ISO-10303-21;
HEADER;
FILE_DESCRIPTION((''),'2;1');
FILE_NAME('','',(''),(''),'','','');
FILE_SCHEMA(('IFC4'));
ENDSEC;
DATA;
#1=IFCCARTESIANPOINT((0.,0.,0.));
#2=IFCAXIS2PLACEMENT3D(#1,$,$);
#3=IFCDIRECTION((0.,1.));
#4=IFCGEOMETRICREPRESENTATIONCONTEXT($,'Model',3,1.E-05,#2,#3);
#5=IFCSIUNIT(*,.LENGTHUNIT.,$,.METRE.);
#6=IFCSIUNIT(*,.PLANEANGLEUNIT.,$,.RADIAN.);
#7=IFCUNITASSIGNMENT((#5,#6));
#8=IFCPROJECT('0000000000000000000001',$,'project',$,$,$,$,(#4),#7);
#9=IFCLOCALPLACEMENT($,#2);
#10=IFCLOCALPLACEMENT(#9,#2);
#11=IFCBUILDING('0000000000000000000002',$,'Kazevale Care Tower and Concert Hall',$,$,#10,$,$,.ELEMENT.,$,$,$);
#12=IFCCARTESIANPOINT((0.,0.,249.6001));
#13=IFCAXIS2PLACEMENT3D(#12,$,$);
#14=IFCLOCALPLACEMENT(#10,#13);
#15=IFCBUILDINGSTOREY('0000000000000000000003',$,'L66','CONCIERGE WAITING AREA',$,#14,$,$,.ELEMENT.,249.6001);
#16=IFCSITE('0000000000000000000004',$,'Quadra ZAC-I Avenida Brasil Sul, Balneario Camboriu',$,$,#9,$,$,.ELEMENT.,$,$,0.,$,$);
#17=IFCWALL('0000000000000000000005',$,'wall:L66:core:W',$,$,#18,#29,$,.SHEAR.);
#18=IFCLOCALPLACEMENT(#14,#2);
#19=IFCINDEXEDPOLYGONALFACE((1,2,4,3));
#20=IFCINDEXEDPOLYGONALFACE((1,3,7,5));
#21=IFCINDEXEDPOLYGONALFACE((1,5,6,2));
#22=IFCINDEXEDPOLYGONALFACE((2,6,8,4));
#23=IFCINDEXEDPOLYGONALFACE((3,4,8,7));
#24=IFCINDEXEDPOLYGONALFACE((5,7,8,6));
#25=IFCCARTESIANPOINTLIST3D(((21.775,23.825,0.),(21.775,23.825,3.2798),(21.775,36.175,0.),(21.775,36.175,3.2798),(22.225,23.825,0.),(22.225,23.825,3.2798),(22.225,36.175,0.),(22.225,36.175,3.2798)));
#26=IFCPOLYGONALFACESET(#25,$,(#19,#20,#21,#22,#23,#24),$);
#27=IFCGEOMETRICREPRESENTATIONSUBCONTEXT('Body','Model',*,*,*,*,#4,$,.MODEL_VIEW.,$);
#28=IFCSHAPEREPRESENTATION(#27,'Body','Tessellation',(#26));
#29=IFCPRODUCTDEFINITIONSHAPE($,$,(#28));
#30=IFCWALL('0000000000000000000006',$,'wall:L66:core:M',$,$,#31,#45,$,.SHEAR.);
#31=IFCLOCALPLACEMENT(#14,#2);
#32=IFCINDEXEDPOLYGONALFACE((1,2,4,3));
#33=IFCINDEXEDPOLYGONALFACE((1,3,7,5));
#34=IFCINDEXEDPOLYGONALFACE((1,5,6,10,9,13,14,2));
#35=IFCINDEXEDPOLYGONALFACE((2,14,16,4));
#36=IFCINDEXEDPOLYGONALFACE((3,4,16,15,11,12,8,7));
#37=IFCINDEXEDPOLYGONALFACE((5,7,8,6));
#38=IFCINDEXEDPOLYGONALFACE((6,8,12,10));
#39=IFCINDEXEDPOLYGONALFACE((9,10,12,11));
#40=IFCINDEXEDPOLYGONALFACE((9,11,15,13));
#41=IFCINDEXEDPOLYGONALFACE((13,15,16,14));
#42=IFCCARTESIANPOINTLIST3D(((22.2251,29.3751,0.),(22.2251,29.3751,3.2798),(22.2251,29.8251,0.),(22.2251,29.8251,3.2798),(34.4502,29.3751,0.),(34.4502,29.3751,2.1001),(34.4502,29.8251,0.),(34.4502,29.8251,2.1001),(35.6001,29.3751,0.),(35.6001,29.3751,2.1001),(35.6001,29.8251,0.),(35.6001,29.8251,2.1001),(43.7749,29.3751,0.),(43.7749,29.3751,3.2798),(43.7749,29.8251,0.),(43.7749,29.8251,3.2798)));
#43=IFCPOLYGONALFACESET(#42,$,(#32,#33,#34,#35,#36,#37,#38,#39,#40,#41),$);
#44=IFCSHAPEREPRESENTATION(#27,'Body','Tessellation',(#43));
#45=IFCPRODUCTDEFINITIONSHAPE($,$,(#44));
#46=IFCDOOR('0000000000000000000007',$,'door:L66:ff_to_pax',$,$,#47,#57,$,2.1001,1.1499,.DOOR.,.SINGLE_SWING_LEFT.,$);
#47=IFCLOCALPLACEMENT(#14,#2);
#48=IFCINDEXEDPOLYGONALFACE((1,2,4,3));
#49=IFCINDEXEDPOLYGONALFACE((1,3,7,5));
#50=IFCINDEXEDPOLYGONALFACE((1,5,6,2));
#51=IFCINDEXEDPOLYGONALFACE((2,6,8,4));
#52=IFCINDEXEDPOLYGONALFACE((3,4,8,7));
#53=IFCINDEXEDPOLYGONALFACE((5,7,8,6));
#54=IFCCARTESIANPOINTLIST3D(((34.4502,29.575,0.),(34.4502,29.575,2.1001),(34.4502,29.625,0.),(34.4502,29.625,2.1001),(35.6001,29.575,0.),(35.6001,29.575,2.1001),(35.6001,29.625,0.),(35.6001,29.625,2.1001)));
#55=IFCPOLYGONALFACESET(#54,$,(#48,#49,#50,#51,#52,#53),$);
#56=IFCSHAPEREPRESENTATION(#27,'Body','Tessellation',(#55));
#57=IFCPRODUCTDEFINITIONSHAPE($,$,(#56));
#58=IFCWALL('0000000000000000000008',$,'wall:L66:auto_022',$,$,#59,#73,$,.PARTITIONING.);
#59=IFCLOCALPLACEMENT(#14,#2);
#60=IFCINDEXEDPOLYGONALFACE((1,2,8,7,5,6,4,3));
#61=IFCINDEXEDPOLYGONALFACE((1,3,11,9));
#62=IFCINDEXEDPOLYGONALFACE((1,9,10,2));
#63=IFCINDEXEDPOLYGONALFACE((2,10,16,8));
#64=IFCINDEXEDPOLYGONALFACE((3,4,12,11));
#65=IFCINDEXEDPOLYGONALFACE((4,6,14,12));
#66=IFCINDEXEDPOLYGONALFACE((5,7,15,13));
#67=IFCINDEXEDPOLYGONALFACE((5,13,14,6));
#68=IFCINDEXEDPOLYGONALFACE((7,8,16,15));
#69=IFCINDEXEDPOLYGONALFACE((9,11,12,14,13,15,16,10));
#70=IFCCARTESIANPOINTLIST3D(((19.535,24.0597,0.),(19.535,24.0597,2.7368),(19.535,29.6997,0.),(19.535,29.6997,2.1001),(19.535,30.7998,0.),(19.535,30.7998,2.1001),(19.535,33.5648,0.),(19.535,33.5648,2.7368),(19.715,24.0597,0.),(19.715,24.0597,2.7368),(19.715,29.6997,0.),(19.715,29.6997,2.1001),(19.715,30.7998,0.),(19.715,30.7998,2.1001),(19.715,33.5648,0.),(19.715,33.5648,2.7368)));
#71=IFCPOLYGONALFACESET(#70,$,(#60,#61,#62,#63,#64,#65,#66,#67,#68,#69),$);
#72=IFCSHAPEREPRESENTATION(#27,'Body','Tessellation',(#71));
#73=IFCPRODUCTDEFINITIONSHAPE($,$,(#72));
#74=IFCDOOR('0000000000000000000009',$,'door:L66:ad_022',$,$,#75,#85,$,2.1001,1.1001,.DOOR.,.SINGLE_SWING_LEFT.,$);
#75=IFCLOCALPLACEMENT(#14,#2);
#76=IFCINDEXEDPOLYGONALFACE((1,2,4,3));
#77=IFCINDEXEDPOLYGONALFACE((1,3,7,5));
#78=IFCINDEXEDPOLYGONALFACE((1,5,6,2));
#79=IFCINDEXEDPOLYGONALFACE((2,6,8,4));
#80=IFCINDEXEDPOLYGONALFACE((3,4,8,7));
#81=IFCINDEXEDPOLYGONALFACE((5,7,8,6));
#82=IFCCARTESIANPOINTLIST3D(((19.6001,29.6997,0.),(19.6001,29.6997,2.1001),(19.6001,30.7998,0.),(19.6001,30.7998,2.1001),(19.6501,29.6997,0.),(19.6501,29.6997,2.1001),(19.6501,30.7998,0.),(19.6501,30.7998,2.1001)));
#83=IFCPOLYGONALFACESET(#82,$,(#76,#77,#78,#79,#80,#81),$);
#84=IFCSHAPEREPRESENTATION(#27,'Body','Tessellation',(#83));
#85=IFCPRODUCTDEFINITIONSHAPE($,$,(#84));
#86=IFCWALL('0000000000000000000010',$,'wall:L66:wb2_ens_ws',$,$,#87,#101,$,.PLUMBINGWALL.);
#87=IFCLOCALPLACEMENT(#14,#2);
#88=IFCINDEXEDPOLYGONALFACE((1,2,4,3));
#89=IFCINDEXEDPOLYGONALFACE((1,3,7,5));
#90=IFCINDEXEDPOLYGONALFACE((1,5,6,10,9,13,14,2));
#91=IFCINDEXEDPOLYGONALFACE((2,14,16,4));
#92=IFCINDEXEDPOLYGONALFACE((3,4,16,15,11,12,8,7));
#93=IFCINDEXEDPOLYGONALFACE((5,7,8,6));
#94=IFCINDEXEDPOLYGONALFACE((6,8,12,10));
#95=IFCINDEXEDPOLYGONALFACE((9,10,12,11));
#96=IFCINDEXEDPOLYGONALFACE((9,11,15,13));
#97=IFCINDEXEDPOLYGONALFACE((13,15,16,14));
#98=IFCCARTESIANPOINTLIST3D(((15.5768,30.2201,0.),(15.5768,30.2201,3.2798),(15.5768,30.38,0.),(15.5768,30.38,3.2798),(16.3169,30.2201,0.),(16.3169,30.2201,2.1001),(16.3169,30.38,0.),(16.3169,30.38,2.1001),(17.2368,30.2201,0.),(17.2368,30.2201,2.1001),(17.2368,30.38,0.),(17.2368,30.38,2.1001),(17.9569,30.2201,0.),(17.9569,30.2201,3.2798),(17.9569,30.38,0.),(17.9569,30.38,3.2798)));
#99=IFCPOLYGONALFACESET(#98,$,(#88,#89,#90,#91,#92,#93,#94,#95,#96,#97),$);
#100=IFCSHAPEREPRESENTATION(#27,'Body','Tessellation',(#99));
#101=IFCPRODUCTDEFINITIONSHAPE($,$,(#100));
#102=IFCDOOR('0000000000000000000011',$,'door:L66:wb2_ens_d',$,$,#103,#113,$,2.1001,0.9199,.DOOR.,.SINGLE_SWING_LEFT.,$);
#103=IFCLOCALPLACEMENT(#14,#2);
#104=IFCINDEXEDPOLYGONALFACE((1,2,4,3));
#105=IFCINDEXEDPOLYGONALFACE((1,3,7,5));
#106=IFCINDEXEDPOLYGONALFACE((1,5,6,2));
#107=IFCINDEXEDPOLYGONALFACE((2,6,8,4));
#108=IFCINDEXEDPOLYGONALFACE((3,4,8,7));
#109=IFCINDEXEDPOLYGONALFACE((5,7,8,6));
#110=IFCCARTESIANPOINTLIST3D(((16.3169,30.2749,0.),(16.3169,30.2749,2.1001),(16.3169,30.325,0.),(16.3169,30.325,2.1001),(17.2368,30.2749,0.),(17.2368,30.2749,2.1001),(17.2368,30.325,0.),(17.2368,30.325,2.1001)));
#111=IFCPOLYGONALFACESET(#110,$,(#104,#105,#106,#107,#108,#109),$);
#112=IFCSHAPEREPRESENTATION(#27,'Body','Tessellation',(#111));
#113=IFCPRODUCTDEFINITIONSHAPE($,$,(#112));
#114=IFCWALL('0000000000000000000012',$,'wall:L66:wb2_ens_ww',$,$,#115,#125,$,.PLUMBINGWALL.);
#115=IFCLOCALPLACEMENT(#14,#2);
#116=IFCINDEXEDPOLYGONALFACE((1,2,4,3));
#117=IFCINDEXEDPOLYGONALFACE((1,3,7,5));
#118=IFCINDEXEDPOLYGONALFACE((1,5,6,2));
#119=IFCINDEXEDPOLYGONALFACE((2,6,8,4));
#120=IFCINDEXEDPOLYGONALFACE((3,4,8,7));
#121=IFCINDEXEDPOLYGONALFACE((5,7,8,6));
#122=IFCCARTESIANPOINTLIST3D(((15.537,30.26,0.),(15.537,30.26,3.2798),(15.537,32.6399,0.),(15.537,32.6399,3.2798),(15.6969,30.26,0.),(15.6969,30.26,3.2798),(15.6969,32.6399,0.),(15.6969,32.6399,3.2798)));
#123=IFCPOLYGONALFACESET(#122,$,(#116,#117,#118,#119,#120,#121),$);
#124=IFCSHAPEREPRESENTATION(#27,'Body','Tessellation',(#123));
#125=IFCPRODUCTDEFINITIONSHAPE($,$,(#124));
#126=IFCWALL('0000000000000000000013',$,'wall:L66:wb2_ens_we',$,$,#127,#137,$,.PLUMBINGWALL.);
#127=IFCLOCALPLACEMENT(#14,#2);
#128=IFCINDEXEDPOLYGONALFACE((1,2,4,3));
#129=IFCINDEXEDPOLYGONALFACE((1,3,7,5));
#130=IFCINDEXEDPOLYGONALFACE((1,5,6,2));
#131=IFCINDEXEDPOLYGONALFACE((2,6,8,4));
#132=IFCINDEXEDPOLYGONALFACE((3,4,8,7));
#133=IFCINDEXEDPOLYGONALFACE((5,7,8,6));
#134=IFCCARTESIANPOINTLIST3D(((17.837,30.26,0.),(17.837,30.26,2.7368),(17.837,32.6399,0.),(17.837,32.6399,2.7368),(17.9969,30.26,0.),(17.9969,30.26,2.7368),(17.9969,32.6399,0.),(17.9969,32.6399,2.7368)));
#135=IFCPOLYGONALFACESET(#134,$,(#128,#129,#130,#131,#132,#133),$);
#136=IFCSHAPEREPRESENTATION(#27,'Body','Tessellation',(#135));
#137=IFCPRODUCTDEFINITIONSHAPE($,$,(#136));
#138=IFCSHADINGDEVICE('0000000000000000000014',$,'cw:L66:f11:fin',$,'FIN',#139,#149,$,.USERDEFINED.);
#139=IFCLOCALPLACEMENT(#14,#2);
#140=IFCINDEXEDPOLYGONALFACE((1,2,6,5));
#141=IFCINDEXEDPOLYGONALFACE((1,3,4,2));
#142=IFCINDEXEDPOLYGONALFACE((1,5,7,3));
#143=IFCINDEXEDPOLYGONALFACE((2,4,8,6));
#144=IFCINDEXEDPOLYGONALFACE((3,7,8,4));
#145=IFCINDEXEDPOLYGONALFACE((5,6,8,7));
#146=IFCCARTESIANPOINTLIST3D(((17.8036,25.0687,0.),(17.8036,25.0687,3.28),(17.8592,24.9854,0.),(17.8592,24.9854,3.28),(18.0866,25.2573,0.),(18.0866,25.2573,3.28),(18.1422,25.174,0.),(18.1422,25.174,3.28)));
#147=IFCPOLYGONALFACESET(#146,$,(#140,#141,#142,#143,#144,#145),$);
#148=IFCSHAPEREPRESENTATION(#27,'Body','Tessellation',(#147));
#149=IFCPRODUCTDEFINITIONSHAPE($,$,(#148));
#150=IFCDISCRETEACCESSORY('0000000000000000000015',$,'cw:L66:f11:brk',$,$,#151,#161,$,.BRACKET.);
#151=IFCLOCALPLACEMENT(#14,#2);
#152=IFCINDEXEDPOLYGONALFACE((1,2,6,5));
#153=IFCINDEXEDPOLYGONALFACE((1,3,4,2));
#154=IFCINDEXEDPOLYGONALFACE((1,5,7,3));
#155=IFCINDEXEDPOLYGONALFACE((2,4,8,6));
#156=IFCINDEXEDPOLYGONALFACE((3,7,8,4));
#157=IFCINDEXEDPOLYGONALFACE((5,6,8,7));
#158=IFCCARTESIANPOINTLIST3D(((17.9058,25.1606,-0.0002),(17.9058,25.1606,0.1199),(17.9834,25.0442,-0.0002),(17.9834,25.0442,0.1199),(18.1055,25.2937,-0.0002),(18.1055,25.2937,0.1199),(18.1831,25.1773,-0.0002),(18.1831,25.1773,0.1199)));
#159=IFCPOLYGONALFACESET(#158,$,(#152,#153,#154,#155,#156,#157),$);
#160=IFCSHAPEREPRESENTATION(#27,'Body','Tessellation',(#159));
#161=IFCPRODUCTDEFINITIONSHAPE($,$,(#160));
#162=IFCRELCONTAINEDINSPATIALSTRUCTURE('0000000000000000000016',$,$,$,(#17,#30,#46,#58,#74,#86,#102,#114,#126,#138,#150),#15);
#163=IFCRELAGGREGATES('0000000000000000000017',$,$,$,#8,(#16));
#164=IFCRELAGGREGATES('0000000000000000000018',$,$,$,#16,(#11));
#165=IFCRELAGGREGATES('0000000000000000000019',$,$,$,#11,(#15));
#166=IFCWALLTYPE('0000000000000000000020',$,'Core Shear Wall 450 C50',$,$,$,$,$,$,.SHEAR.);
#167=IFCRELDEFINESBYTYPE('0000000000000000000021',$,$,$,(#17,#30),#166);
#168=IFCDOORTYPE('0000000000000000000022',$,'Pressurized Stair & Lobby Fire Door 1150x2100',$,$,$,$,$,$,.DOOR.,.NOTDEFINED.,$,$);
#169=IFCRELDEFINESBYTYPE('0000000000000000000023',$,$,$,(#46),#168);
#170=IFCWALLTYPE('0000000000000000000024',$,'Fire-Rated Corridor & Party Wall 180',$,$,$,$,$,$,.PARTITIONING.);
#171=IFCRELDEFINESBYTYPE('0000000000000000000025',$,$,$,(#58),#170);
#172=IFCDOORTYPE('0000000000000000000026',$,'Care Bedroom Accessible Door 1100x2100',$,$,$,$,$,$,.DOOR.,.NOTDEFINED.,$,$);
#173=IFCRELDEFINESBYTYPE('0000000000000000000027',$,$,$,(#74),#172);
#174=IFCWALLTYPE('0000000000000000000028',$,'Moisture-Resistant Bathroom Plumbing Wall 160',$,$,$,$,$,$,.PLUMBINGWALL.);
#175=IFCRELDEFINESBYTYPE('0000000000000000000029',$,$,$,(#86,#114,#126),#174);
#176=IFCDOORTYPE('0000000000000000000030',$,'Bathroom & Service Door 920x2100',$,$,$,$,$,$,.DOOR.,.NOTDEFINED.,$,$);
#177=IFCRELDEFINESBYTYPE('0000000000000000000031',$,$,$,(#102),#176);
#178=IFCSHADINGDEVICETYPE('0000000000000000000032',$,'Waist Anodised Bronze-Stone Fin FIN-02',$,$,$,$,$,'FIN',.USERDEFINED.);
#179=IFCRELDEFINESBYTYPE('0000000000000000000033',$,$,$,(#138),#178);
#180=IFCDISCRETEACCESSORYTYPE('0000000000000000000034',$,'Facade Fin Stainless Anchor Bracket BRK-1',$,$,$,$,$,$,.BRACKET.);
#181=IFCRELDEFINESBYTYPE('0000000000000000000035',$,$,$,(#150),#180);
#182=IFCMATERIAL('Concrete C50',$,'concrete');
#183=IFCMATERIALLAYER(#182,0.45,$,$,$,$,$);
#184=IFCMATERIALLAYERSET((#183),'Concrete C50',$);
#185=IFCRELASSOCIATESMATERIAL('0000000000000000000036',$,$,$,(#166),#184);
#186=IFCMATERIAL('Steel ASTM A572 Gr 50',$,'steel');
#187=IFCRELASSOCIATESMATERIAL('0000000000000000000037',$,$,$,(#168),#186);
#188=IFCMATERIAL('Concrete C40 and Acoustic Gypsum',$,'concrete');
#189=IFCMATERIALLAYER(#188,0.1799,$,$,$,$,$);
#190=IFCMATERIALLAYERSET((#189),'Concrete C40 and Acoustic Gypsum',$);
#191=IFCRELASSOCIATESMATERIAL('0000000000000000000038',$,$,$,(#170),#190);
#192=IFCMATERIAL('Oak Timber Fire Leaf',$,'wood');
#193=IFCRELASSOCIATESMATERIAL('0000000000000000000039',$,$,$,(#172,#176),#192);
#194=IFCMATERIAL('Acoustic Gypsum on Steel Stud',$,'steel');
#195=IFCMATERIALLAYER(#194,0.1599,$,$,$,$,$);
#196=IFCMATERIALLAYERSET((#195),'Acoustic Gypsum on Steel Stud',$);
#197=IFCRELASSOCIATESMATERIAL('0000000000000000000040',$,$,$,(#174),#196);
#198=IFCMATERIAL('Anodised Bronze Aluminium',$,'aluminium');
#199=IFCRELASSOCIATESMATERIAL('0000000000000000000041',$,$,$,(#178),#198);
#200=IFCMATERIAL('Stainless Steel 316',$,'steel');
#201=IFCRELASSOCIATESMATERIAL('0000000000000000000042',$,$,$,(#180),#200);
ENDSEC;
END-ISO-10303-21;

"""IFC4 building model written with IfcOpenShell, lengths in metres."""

from ifc_helpers import new_model, si_unit, direction, frame, frame_2d, origin, origin_2d, place, context, subcontext, project, spatial, rectangle, extrude, material, layer, layer_set, type_object, element, fill, save


model = new_model("IFC4")

# Units and contexts
model_context = context("Model", 3, precision=1e-05, world=origin(), true_north=direction((0.0, 1.0)))
body_context = subcontext(model_context, "Body", "Model", "MODEL_VIEW")
ifc_project = project(units=[si_unit("LENGTHUNIT", "METRE"), si_unit("PLANEANGLEUNIT", "RADIAN")], contexts=[model_context])

# Site, building, storey
site_placement = place(None, origin())
site = spatial("IfcSite", under=ifc_project, at=site_placement, Name="Quadra ZAC-I Avenida Brasil Sul, Balneario Camboriu", CompositionType="ELEMENT", RefElevation=0.0)
building_placement = place(site_placement, origin())
building = spatial("IfcBuilding", under=site, at=building_placement, Name="Kazevale Care Tower and Concert Hall", CompositionType="ELEMENT")
storey_placement = place(building_placement, frame((0.0, 0.0, 249.6001)))
storey = spatial("IfcBuildingStorey", under=building, at=storey_placement, Name="L66", Description="CONCIERGE WAITING AREA", CompositionType="ELEMENT", Elevation=249.6001)

# Shared definitions
ifc_material_1 = material(Name="Steel ASTM A572 Gr 50", Category="steel")

# Wall
ifc_material_2 = material(Name="Concrete C50", Category="concrete")
ifc_layer_1 = layer(ifc_material_2, 0.45)
ifc_layer_set_1 = layer_set([ifc_layer_1], Name="Concrete C50")
wall_type_1 = type_object("IfcWallType", Name="Core Shear Wall 450 C50", PredefinedType="SHEAR", material=ifc_layer_set_1)
wall_1_placement = place(storey_placement, frame((22.0, 23.825, 0.0), z_axis=(0.0, 0.0, 1.0), x_axis=(0.0, 1.0, 0.0)))
element("IfcWall", 1, at=wall_1_placement, inside=storey, type_object=wall_type_1, Name="wall:L66:core:W", PredefinedType="SHEAR", context=body_context, shape_type="SweptSolid", body=[
    extrude(rectangle(XDim=12.3501, YDim=0.45, at=frame_2d((6.175, 0.0))), origin(), (0.0, 0.0, 1.0), 3.2798),
])

# Walls, openings, doors
wall_2_placement = place(storey_placement, frame((22.2251, 29.6001, 0.0), z_axis=(0.0, 0.0, 1.0), x_axis=(1.0, 0.0, 0.0)))
wall_2 = element("IfcWall", 2, at=wall_2_placement, inside=storey, type_object=wall_type_1, Name="wall:L66:core:M", PredefinedType="SHEAR", context=body_context, shape_type="SweptSolid", body=[
    extrude(rectangle(XDim=21.5498, YDim=0.45, at=frame_2d((10.7749, 0.0))), origin(), (0.0, 0.0, 1.0), 3.2798),
])
opening_1_placement = place(wall_2_placement, frame((12.2251, 0.0, 0.0)))
opening_1 = element("IfcOpeningElement", 3, at=opening_1_placement, cuts=wall_2, PredefinedType="OPENING", context=body_context, shape_type="SweptSolid", body=[
    extrude(rectangle(XDim=1.1499, YDim=2.1001, at=frame_2d((0.575, 1.05))), frame((0.0, 0.2349, 0.0), z_axis=(0.0, -1.0, 0.0), x_axis=(1.0, 0.0, 0.0)), (0.0, 0.0, 1.0), 0.47),
])
door_type_1 = type_object("IfcDoorType", Name="Pressurized Stair & Lobby Fire Door 1150x2100", OperationType="NOTDEFINED", PredefinedType="DOOR", material=ifc_material_1)
door_1_placement = place(opening_1_placement, origin())
door_1 = element("IfcDoor", 4, at=door_1_placement, inside=storey, type_object=door_type_1, Name="door:L66:ff_to_pax", OperationType="SINGLE_SWING_LEFT", OverallHeight=2.1001, OverallWidth=1.1499, PredefinedType="DOOR", context=body_context, shape_type="SweptSolid", body=[
    extrude(rectangle(XDim=1.1499, YDim=2.1001, at=frame_2d((0.575, 1.05))), frame((0.0, 0.0249, 0.0), z_axis=(0.0, -1.0, 0.0), x_axis=(1.0, 0.0, 0.0)), (0.0, 0.0, 1.0), 0.05),
])
fill(opening_1, door_1)
ifc_material_3 = material(Name="Concrete C40 and Acoustic Gypsum", Category="concrete")
ifc_layer_2 = layer(ifc_material_3, 0.1799)
ifc_layer_set_2 = layer_set([ifc_layer_2], Name="Concrete C40 and Acoustic Gypsum")
wall_type_2 = type_object("IfcWallType", Name="Fire-Rated Corridor & Party Wall 180", PredefinedType="PARTITIONING", material=ifc_layer_set_2)
wall_3_placement = place(storey_placement, frame((19.625, 24.0598, 0.0), z_axis=(0.0, 0.0, 1.0), x_axis=(0.0, 1.0, 0.0)))
wall_3 = element("IfcWall", 5, at=wall_3_placement, inside=storey, type_object=wall_type_2, Name="wall:L66:auto_022", PredefinedType="PARTITIONING", context=body_context, shape_type="SweptSolid", body=[
    extrude(rectangle(XDim=9.5051, YDim=0.1799, at=frame_2d((4.7524, 0.0))), origin(), (0.0, 0.0, 1.0), 2.7368),
])
opening_2_placement = place(wall_3_placement, frame((5.6399, 0.0, 0.0)))
opening_2 = element("IfcOpeningElement", 6, at=opening_2_placement, cuts=wall_3, PredefinedType="OPENING", context=body_context, shape_type="SweptSolid", body=[
    extrude(rectangle(XDim=1.1001, YDim=2.1001, at=frame_2d((0.55, 1.05))), frame((0.0, 0.0999, 0.0), z_axis=(0.0, -1.0, 0.0), x_axis=(1.0, 0.0, 0.0)), (0.0, 0.0, 1.0), 0.2),
])
ifc_material_4 = material(Name="Oak Timber Fire Leaf", Category="wood")
door_type_2 = type_object("IfcDoorType", Name="Care Bedroom Accessible Door 1100x2100", OperationType="NOTDEFINED", PredefinedType="DOOR", material=ifc_material_4)
door_2_placement = place(opening_2_placement, origin())
door_2 = element("IfcDoor", 7, at=door_2_placement, inside=storey, type_object=door_type_2, Name="door:L66:ad_022", OperationType="SINGLE_SWING_LEFT", OverallHeight=2.1001, OverallWidth=1.1001, PredefinedType="DOOR", context=body_context, shape_type="SweptSolid", body=[
    extrude(rectangle(XDim=1.1001, YDim=2.1001, at=frame_2d((0.55, 1.05))), frame((0.0, 0.0249, 0.0), z_axis=(0.0, -1.0, 0.0), x_axis=(1.0, 0.0, 0.0)), (0.0, 0.0, 1.0), 0.05),
])
fill(opening_2, door_2)
ifc_material_5 = material(Name="Acoustic Gypsum on Steel Stud", Category="steel")
ifc_layer_3 = layer(ifc_material_5, 0.1599)
ifc_layer_set_3 = layer_set([ifc_layer_3], Name="Acoustic Gypsum on Steel Stud")
wall_type_3 = type_object("IfcWallType", Name="Moisture-Resistant Bathroom Plumbing Wall 160", PredefinedType="PLUMBINGWALL", material=ifc_layer_set_3)
wall_4_placement = place(storey_placement, frame((15.5769, 30.3, 0.0), z_axis=(0.0, 0.0, 1.0), x_axis=(1.0, 0.0, 0.0)))
wall_4 = element("IfcWall", 8, at=wall_4_placement, inside=storey, type_object=wall_type_3, Name="wall:L66:wb2_ens_ws", PredefinedType="PLUMBINGWALL", context=body_context, shape_type="SweptSolid", body=[
    extrude(rectangle(XDim=2.3801, YDim=0.1599, at=frame_2d((1.1899, 0.0))), origin(), (0.0, 0.0, 1.0), 3.2798),
])
opening_3_placement = place(wall_4_placement, frame((0.74, 0.0, 0.0)))
opening_3 = element("IfcOpeningElement", 9, at=opening_3_placement, cuts=wall_4, PredefinedType="OPENING", context=body_context, shape_type="SweptSolid", body=[
    extrude(rectangle(XDim=0.9199, YDim=2.1001, at=frame_2d((0.46, 1.05))), frame((0.0, 0.0898, 0.0), z_axis=(0.0, -1.0, 0.0), x_axis=(1.0, 0.0, 0.0)), (0.0, 0.0, 1.0), 0.1799),
])
door_type_3 = type_object("IfcDoorType", Name="Bathroom & Service Door 920x2100", OperationType="NOTDEFINED", PredefinedType="DOOR", material=ifc_material_4)
door_3_placement = place(opening_3_placement, origin())
door_3 = element("IfcDoor", 10, at=door_3_placement, inside=storey, type_object=door_type_3, Name="door:L66:wb2_ens_d", OperationType="SINGLE_SWING_LEFT", OverallHeight=2.1001, OverallWidth=0.9199, PredefinedType="DOOR", context=body_context, shape_type="SweptSolid", body=[
    extrude(rectangle(XDim=0.9199, YDim=2.1001, at=frame_2d((0.46, 1.05))), frame((0.0, 0.0249, 0.0), z_axis=(0.0, -1.0, 0.0), x_axis=(1.0, 0.0, 0.0)), (0.0, 0.0, 1.0), 0.05),
])
fill(opening_3, door_3)

# Walls
wall_5_placement = place(storey_placement, frame((15.6169, 30.26, 0.0), z_axis=(0.0, 0.0, 1.0), x_axis=(0.0, 1.0, 0.0)))
element("IfcWall", 11, at=wall_5_placement, inside=storey, type_object=wall_type_3, Name="wall:L66:wb2_ens_ww", PredefinedType="PLUMBINGWALL", context=body_context, shape_type="SweptSolid", body=[
    extrude(rectangle(XDim=2.3799, YDim=0.1599, at=frame_2d((1.1899, 0.0))), origin(), (0.0, 0.0, 1.0), 3.2798),
])
wall_6_placement = place(storey_placement, frame((17.917, 30.26, 0.0), z_axis=(0.0, 0.0, 1.0), x_axis=(0.0, 1.0, 0.0)))
element("IfcWall", 12, at=wall_6_placement, inside=storey, type_object=wall_type_3, Name="wall:L66:wb2_ens_we", PredefinedType="PLUMBINGWALL", context=body_context, shape_type="SweptSolid", body=[
    extrude(rectangle(XDim=2.3799, YDim=0.1599, at=frame_2d((1.1899, 0.0))), origin(), (0.0, 0.0, 1.0), 2.7368),
])

# Shading device
ifc_material_6 = material(Name="Anodised Bronze Aluminium", Category="aluminium")
shading_device_type = type_object("IfcShadingDeviceType", Name="Waist Anodised Bronze-Stone Fin FIN-02", ElementType="FIN", PredefinedType="USERDEFINED", material=ifc_material_6)
shading_device_placement = place(storey_placement, frame((17.9729, 25.1213, 0.0), z_axis=(0.0, 0.0, 1.0), x_axis=(-0.832148, -0.554554, 0.0)))
element("IfcShadingDevice", 13, at=shading_device_placement, inside=storey, type_object=shading_device_type, Name="cw:L66:f11:fin", ObjectType="FIN", PredefinedType="USERDEFINED", context=body_context, shape_type="SweptSolid", body=[
    extrude(rectangle(XDim=0.3401, YDim=0.1001, at=origin_2d()), origin(), (0.0, 0.0, 1.0), 3.28),
])

# Discrete accessory
ifc_material_7 = material(Name="Stainless Steel 316", Category="steel")
discrete_accessory_type = type_object("IfcDiscreteAccessoryType", Name="Facade Fin Stainless Anchor Bracket BRK-1", PredefinedType="BRACKET", material=ifc_material_7)
discrete_accessory_placement = place(storey_placement, frame((18.0444, 25.1689, -0.0002), z_axis=(0.0, 0.0, 1.0), x_axis=(-0.832148, -0.554554, 0.0)))
element("IfcDiscreteAccessory", 14, at=discrete_accessory_placement, inside=storey, type_object=discrete_accessory_type, Name="cw:L66:f11:brk", PredefinedType="BRACKET", context=body_context, shape_type="SweptSolid", body=[
    extrude(rectangle(XDim=0.24, YDim=0.1399, at=origin_2d()), origin(), (0.0, 0.0, 1.0), 0.1201),
])

save(model, "model.ifc")
